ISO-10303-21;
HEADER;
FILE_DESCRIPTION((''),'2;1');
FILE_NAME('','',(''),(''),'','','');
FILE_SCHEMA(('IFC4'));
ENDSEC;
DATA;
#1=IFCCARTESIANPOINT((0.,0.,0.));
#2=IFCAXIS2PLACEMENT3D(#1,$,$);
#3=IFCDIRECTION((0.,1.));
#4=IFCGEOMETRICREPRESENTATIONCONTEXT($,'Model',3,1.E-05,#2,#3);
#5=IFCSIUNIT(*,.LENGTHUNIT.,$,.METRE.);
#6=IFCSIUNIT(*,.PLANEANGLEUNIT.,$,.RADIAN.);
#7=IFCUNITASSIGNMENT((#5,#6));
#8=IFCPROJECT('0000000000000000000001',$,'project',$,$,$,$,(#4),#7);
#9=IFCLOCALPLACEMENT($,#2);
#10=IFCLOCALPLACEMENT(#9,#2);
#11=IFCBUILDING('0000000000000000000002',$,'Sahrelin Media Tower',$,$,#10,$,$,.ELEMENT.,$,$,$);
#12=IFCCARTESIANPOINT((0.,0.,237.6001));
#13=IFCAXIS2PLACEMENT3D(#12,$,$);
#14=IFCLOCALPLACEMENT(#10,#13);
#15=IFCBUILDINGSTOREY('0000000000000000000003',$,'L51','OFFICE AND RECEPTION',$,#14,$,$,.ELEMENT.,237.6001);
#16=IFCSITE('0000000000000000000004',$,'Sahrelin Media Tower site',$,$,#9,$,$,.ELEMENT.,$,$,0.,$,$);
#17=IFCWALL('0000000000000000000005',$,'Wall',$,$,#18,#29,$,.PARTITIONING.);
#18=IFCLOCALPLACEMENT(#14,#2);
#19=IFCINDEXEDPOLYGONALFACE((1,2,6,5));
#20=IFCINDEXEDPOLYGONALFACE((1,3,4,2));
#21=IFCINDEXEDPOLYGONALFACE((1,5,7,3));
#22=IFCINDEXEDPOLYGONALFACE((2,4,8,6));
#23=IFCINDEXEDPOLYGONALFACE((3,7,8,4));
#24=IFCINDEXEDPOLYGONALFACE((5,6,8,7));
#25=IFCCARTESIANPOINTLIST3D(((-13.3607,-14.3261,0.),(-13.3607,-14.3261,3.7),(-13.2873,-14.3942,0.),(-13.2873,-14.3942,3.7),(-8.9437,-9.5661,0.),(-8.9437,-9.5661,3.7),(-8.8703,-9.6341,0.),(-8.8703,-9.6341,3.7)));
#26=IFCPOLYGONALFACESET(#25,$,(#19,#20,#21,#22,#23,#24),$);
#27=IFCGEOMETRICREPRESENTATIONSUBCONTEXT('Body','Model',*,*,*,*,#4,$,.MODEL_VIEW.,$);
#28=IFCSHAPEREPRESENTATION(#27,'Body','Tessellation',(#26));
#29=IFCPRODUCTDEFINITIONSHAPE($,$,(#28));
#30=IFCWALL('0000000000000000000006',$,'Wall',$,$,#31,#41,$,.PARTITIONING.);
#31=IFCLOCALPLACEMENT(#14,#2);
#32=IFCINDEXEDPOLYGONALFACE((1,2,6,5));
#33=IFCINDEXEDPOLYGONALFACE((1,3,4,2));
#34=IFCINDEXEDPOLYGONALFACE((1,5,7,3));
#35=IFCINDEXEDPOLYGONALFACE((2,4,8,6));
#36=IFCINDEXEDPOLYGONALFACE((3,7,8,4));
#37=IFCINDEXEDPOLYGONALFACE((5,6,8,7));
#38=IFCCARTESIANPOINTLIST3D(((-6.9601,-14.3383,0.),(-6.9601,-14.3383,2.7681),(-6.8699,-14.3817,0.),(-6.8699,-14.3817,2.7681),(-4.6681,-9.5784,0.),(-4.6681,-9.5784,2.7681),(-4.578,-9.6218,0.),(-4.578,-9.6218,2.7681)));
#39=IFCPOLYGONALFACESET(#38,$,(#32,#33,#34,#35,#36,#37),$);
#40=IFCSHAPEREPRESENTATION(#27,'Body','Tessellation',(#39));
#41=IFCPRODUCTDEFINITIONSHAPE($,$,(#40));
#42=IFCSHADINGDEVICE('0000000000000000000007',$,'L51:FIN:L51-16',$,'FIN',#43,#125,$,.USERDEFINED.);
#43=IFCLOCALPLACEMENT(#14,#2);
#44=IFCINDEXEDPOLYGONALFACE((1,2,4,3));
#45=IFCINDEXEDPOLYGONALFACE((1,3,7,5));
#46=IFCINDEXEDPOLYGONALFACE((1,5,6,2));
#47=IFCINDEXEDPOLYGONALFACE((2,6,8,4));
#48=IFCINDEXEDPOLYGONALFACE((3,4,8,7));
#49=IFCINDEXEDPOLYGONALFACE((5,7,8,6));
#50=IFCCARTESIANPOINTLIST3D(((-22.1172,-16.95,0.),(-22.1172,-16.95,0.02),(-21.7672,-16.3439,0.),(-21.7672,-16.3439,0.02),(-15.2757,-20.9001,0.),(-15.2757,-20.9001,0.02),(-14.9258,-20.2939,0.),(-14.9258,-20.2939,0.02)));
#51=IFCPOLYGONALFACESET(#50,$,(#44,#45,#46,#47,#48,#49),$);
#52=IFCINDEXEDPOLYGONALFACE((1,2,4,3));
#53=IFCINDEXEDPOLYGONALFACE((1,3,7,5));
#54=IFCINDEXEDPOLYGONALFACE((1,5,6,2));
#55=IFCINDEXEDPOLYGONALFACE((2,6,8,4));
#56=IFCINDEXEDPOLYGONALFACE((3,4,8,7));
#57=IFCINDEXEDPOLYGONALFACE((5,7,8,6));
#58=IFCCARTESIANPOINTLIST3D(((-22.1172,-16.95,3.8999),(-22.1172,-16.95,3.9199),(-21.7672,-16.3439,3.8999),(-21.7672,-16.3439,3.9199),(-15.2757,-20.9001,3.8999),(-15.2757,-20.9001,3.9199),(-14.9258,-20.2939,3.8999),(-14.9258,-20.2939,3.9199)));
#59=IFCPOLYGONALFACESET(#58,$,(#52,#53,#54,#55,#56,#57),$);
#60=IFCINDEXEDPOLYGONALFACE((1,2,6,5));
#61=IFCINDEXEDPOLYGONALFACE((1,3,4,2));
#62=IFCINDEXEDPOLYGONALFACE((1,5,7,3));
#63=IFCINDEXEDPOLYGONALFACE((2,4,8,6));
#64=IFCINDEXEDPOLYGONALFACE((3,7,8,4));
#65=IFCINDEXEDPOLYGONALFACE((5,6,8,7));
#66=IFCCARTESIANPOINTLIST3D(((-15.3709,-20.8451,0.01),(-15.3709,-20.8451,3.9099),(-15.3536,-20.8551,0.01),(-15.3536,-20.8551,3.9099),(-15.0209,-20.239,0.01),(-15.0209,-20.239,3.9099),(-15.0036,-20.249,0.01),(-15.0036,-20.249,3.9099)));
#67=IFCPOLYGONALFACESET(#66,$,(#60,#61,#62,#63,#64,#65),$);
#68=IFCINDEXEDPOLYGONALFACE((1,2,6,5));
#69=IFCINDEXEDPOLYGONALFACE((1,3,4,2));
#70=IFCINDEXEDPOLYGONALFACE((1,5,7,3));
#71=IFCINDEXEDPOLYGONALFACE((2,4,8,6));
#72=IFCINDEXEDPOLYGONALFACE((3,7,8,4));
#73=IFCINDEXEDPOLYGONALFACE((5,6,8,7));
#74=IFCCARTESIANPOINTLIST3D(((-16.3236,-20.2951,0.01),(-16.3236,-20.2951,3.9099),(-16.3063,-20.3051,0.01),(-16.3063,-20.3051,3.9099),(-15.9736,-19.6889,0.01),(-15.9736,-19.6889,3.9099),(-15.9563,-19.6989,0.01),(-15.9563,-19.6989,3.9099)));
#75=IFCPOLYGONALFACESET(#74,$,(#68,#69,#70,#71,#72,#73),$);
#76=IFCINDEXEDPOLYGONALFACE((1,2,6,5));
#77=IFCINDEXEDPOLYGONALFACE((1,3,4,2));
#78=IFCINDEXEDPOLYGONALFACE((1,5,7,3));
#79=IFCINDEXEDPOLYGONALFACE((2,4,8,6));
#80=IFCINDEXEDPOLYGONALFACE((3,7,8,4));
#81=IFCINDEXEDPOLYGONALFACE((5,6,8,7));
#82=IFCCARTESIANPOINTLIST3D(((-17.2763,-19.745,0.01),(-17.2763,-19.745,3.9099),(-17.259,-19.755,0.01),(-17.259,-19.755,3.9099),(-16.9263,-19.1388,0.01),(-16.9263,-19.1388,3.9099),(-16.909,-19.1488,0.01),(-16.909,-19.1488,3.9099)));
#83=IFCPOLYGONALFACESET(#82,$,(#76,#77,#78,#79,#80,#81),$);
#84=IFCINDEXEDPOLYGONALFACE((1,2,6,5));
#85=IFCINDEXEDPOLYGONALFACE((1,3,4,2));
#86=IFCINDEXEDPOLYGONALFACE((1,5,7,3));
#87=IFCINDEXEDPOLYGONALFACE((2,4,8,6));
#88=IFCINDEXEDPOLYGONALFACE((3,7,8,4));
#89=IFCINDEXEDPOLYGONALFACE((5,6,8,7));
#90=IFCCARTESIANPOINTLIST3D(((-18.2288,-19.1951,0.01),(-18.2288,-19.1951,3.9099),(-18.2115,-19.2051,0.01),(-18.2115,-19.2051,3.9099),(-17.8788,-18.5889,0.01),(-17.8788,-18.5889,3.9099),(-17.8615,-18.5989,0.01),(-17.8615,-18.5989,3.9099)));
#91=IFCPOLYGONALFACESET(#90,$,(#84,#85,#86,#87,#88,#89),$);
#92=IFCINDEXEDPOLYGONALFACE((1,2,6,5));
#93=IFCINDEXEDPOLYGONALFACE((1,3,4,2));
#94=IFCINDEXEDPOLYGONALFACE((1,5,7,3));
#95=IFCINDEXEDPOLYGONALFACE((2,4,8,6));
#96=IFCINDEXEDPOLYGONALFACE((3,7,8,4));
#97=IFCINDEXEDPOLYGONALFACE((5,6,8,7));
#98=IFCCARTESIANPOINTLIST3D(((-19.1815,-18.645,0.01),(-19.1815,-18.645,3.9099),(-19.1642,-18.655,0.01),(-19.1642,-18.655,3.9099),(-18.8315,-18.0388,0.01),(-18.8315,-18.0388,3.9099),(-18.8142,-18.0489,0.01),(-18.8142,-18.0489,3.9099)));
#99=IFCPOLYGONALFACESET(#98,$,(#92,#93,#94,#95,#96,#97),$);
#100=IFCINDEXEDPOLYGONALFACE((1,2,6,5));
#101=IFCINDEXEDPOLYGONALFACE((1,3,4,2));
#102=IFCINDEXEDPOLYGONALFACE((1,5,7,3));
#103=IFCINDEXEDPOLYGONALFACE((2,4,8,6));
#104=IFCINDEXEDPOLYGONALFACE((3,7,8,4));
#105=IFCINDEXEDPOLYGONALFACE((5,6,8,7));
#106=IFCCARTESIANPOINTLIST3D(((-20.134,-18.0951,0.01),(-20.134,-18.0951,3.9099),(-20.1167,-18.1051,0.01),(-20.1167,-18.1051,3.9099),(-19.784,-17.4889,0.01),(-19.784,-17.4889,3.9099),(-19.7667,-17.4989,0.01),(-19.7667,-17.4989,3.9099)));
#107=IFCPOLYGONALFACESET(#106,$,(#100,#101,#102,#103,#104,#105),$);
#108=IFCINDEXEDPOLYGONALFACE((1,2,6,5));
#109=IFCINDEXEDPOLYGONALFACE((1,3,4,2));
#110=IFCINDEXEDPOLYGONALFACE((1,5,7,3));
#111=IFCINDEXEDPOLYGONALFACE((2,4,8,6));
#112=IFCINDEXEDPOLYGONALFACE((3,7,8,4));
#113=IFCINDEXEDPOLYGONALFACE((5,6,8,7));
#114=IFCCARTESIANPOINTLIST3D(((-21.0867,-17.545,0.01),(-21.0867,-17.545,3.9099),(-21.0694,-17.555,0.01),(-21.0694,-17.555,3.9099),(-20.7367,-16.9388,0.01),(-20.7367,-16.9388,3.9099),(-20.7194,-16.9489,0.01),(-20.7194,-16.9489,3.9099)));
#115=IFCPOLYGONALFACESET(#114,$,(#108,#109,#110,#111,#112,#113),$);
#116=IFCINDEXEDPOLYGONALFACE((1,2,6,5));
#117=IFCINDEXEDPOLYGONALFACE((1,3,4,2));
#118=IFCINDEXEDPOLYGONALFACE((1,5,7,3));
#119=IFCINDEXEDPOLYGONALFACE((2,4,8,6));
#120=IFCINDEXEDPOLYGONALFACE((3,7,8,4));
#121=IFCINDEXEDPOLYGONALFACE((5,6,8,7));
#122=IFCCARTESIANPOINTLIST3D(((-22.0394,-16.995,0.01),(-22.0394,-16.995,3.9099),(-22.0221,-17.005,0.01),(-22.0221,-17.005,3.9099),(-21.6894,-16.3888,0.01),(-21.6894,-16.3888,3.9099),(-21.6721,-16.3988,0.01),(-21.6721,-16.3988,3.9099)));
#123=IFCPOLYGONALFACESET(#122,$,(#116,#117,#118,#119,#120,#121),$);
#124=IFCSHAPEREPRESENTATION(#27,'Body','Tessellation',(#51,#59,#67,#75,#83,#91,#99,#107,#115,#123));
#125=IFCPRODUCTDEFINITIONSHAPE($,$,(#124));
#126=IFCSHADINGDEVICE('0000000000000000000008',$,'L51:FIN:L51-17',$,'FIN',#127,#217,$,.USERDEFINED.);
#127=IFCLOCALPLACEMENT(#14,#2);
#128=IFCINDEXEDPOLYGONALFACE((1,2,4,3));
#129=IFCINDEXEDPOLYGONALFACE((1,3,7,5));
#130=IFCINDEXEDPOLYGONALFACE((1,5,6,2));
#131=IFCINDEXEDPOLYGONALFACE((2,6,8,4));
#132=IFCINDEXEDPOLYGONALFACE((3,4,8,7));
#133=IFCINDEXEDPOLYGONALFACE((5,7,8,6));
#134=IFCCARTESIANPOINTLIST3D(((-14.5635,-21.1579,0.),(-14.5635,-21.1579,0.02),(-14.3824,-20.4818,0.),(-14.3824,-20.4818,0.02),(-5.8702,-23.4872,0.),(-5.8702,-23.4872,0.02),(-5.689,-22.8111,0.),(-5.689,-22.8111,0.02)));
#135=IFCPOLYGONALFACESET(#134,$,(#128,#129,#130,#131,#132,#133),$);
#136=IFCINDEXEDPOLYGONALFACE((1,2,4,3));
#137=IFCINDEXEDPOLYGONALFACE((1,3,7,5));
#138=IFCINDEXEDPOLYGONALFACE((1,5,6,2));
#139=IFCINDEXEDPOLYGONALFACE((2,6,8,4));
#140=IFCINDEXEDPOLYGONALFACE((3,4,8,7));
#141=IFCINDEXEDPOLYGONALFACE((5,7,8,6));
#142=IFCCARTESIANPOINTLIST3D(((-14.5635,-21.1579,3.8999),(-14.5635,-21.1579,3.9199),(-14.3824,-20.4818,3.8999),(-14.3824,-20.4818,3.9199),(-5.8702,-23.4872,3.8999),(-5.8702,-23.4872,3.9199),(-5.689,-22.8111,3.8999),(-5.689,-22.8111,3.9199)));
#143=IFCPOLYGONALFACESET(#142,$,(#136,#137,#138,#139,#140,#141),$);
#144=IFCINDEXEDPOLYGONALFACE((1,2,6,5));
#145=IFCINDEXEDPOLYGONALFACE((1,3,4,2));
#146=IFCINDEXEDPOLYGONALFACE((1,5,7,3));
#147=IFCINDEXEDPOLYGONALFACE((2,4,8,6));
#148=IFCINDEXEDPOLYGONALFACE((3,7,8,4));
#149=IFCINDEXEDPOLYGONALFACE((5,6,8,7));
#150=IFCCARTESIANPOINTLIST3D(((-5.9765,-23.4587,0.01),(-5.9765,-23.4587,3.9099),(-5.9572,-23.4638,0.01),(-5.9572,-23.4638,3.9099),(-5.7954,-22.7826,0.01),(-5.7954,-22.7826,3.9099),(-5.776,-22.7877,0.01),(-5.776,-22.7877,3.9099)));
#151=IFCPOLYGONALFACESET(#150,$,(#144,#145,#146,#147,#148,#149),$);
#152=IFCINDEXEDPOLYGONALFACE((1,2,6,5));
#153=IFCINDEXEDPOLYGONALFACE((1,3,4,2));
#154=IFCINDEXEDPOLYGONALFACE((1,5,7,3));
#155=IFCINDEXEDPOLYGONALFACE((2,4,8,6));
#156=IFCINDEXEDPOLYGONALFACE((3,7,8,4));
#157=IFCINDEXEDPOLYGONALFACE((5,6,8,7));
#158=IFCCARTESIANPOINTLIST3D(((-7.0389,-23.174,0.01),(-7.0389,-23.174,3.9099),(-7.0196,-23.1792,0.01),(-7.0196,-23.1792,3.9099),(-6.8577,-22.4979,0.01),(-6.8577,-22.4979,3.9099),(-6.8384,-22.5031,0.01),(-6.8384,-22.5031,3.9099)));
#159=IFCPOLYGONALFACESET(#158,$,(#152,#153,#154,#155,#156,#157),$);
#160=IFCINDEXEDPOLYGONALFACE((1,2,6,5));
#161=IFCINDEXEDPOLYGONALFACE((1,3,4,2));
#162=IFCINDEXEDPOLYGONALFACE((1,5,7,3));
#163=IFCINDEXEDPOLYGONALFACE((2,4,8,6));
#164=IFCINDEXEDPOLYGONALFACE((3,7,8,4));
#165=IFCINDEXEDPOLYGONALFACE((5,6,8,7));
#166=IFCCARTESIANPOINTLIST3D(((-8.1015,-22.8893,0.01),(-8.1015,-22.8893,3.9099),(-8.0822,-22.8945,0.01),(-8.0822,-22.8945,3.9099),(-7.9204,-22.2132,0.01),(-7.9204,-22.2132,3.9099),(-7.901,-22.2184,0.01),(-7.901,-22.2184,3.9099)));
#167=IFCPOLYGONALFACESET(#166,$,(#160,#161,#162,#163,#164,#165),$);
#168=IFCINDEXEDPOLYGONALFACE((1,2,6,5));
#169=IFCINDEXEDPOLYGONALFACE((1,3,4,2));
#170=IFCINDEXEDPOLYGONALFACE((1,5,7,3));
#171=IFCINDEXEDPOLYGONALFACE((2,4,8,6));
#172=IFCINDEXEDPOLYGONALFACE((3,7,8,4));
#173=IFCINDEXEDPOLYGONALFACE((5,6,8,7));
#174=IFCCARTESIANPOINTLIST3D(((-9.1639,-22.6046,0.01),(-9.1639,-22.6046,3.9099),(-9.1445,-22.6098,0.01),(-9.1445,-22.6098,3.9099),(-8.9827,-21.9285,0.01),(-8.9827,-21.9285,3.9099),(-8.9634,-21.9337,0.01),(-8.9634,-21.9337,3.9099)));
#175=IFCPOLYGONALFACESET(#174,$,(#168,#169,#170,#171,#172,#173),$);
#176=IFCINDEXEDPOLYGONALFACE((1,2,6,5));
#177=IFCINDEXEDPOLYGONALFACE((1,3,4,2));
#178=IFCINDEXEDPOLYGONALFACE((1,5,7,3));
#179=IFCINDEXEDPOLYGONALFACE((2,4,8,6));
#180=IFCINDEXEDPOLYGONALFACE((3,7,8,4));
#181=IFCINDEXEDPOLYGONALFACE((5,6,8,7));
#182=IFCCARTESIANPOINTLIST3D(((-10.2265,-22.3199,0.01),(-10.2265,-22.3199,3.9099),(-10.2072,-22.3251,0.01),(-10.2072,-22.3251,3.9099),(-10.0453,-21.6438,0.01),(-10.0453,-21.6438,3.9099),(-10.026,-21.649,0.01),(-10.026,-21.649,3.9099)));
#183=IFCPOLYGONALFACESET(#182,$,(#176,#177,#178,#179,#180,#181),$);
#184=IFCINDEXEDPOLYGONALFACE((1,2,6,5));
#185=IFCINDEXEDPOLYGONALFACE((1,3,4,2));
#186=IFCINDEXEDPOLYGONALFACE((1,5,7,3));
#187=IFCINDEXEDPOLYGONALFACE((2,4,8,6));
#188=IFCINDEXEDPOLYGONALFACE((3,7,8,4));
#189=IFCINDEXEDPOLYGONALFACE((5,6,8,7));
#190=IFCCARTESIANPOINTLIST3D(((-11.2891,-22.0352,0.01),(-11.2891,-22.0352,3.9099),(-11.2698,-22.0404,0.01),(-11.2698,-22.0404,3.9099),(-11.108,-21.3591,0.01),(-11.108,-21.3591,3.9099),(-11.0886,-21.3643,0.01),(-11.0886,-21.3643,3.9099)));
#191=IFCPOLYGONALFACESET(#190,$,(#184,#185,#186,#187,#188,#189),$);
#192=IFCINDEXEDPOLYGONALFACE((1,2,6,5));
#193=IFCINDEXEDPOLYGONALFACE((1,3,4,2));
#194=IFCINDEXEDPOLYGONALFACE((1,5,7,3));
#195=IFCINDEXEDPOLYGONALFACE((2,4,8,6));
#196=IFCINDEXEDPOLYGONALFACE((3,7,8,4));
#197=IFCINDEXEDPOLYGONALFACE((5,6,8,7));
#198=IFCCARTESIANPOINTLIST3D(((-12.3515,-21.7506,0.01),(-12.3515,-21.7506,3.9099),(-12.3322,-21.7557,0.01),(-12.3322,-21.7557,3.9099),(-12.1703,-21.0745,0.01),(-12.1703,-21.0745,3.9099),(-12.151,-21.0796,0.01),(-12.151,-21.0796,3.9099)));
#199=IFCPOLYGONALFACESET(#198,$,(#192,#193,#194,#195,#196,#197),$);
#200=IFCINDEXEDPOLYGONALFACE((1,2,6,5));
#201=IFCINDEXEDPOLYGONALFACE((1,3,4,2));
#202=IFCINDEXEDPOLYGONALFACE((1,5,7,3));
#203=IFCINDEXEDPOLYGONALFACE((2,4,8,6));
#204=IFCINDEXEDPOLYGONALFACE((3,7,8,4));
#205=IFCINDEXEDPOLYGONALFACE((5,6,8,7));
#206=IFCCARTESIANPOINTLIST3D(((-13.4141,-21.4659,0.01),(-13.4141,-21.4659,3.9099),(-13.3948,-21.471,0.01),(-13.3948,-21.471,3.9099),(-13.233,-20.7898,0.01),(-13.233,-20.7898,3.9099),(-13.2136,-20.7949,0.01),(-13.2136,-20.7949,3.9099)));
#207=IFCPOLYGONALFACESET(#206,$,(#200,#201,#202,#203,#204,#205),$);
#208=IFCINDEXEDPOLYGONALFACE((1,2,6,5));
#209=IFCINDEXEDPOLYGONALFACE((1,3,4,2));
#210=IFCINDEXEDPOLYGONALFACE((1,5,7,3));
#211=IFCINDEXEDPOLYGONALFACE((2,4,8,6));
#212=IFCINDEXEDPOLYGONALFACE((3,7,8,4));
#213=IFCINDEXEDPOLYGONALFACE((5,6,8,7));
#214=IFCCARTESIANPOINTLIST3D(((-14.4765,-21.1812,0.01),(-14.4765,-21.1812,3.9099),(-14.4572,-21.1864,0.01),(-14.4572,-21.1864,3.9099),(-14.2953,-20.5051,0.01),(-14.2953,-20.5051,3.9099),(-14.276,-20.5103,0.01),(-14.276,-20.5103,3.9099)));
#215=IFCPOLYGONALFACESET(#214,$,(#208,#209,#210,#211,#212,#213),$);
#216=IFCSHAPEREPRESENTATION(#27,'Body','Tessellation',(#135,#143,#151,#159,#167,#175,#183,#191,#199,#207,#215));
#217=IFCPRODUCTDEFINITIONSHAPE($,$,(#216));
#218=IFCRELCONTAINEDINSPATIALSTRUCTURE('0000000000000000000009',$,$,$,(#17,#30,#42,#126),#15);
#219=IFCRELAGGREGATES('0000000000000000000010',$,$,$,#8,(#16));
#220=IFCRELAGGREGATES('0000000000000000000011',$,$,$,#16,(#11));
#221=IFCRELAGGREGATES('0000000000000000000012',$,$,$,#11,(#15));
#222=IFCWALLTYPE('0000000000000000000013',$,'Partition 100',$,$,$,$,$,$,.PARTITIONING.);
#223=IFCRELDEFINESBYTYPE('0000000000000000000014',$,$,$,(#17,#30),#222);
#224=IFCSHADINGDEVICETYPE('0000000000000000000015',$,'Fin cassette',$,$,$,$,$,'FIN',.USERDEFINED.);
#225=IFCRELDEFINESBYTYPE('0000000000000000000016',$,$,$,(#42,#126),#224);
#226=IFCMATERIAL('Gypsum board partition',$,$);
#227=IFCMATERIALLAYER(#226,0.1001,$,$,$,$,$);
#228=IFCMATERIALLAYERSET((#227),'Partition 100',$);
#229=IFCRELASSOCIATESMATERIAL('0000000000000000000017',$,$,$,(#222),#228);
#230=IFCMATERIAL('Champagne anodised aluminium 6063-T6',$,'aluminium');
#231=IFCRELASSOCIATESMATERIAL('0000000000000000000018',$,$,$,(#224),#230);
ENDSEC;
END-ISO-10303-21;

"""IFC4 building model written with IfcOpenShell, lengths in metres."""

from ifc_helpers import new_model, si_unit, direction, frame, frame_2d, origin, origin_2d, place, context, subcontext, project, spatial, rectangle, extrude, material, layer, layer_set, type_object, element, save


model = new_model("IFC4")

# Units and contexts
model_context = context("Model", 3, precision=1e-05, world=origin(), true_north=direction((0.0, 1.0)))
body_context = subcontext(model_context, "Body", "Model", "MODEL_VIEW")
ifc_project = project(units=[si_unit("LENGTHUNIT", "METRE"), si_unit("PLANEANGLEUNIT", "RADIAN")], contexts=[model_context])

# Site, building, storey
site_placement = place(None, origin())
site = spatial("IfcSite", under=ifc_project, at=site_placement, Name="Sahrelin Media Tower site", CompositionType="ELEMENT", RefElevation=0.0)
building_placement = place(site_placement, origin())
building = spatial("IfcBuilding", under=site, at=building_placement, Name="Sahrelin Media Tower", CompositionType="ELEMENT")
storey_placement = place(building_placement, frame((0.0, 0.0, 237.6001)))
storey = spatial("IfcBuildingStorey", under=building, at=storey_placement, Name="L51", Description="OFFICE AND RECEPTION", CompositionType="ELEMENT", Elevation=237.6001)

# Shared definitions
ifc_material_1 = material(Name="Champagne anodised aluminium 6063-T6", Category="aluminium")

# Walls
ifc_material_2 = material(Name="Gypsum board partition")
ifc_layer_1 = layer(ifc_material_2, 0.1001)
ifc_layer_set_1 = layer_set([ifc_layer_1], Name="Partition 100")
wall_type = type_object("IfcWallType", Name="Partition 100", PredefinedType="PARTITIONING", material=ifc_layer_set_1)
wall_1_placement = place(storey_placement, frame((-13.324, -14.3601, 0.0), z_axis=(0.0, 0.0, 1.0), x_axis=(0.680202, 0.733025, 0.0)))
element("IfcWall", 1, at=wall_1_placement, inside=storey, type_object=wall_type, Name="Wall", PredefinedType="PARTITIONING", context=body_context, shape_type="SweptSolid", body=[
    extrude(rectangle(XDim=6.4937, YDim=0.1001, at=frame_2d((3.2468, 0.0))), origin(), (0.0, 0.0, 1.0), 3.7),
])
wall_2_placement = place(storey_placement, frame((-6.915, -14.3601, 0.0), z_axis=(0.0, 0.0, 1.0), x_axis=(0.433836, 0.900992, 0.0)))
element("IfcWall", 2, at=wall_2_placement, inside=storey, type_object=wall_type, Name="Wall", PredefinedType="PARTITIONING", context=body_context, shape_type="SweptSolid", body=[
    extrude(rectangle(XDim=5.283, YDim=0.1001, at=frame_2d((2.6416, 0.0))), origin(), (0.0, 0.0, 1.0), 2.7681),
])

# Shading devices
shading_device_type_1 = type_object("IfcShadingDeviceType", Name="Fin cassette", ElementType="FIN", PredefinedType="USERDEFINED", material=ifc_material_1)
shading_device_1_placement = place(storey_placement, frame((-18.3115, -18.2583, 0.0), z_axis=(0.0, 0.0, 1.0), x_axis=(-0.866019, 0.500011, 0.0)))
element("IfcShadingDevice", 3, at=shading_device_1_placement, inside=storey, type_object=shading_device_type_1, Name="L51:FIN:L51-16", ObjectType="FIN", PredefinedType="USERDEFINED", context=body_context, shape_type="SweptSolid", body=[
    extrude(rectangle(XDim=7.8999, YDim=0.7, at=origin_2d()), frame((0.0, 0.4199, 0.0)), (0.0, 0.0, 1.0), 0.02),
    extrude(rectangle(XDim=7.8999, YDim=0.7, at=origin_2d()), frame((0.0, 0.4199, 3.8999)), (0.0, 0.0, 1.0), 0.02),
    extrude(rectangle(XDim=0.02, YDim=0.7, at=origin_2d()), frame((-3.8501, 0.4199, 0.01), z_axis=(0.0, 0.0, 1.0), x_axis=(1.0, 0.0, 0.0)), (0.0, 0.0, 1.0), 3.8999),
    extrude(rectangle(XDim=0.02, YDim=0.7, at=origin_2d()), frame((-2.75, 0.4199, 0.01), z_axis=(0.0, 0.0, 1.0), x_axis=(1.0, 0.0, 0.0)), (0.0, 0.0, 1.0), 3.8999),
    extrude(rectangle(XDim=0.02, YDim=0.7, at=origin_2d()), frame((-1.6499, 0.4199, 0.01), z_axis=(0.0, 0.0, 1.0), x_axis=(1.0, 0.0, 0.0)), (0.0, 0.0, 1.0), 3.8999),
    extrude(rectangle(XDim=0.02, YDim=0.7, at=origin_2d()), frame((-0.55, 0.4199, 0.01), z_axis=(0.0, 0.0, 1.0), x_axis=(1.0, 0.0, 0.0)), (0.0, 0.0, 1.0), 3.8999),
    extrude(rectangle(XDim=0.02, YDim=0.7, at=origin_2d()), frame((0.55, 0.4199, 0.01), z_axis=(0.0, 0.0, 1.0), x_axis=(1.0, 0.0, 0.0)), (0.0, 0.0, 1.0), 3.8999),
    extrude(rectangle(XDim=0.02, YDim=0.7, at=origin_2d()), frame((1.6499, 0.4199, 0.01), z_axis=(0.0, 0.0, 1.0), x_axis=(1.0, 0.0, 0.0)), (0.0, 0.0, 1.0), 3.8999),
    extrude(rectangle(XDim=0.02, YDim=0.7, at=origin_2d()), frame((2.75, 0.4199, 0.01), z_axis=(0.0, 0.0, 1.0), x_axis=(1.0, 0.0, 0.0)), (0.0, 0.0, 1.0), 3.8999),
    extrude(rectangle(XDim=0.02, YDim=0.7, at=origin_2d()), frame((3.8501, 0.4199, 0.01), z_axis=(0.0, 0.0, 1.0), x_axis=(1.0, 0.0, 0.0)), (0.0, 0.0, 1.0), 3.8999),
])
placement = place(storey_placement, frame((-10.0176, -21.5789, 0.0), z_axis=(0.0, 0.0, 1.0), x_axis=(-0.965929, 0.258808, 0.0)))
element("IfcShadingDevice", 4, at=placement, inside=storey, type_object=shading_device_type_1, Name="L51:FIN:L51-17", ObjectType="FIN", PredefinedType="USERDEFINED", context=body_context, shape_type="SweptSolid", body=[
    extrude(rectangle(XDim=9.0, YDim=0.7, at=origin_2d()), frame((0.0, 0.4199, 0.0)), (0.0, 0.0, 1.0), 0.02),
    extrude(rectangle(XDim=9.0, YDim=0.7, at=origin_2d()), frame((0.0, 0.4199, 3.8999)), (0.0, 0.0, 1.0), 0.02),
    extrude(rectangle(XDim=0.02, YDim=0.7, at=origin_2d()), frame((-4.3999, 0.4199, 0.01), z_axis=(0.0, 0.0, 1.0), x_axis=(1.0, 0.0, 0.0)), (0.0, 0.0, 1.0), 3.8999),
    extrude(rectangle(XDim=0.02, YDim=0.7, at=origin_2d()), frame((-3.3, 0.4199, 0.01), z_axis=(0.0, 0.0, 1.0), x_axis=(1.0, 0.0, 0.0)), (0.0, 0.0, 1.0), 3.8999),
    extrude(rectangle(XDim=0.02, YDim=0.7, at=origin_2d()), frame((-2.2, 0.4199, 0.01), z_axis=(0.0, 0.0, 1.0), x_axis=(1.0, 0.0, 0.0)), (0.0, 0.0, 1.0), 3.8999),
    extrude(rectangle(XDim=0.02, YDim=0.7, at=origin_2d()), frame((-1.1001, 0.4199, 0.01), z_axis=(0.0, 0.0, 1.0), x_axis=(1.0, 0.0, 0.0)), (0.0, 0.0, 1.0), 3.8999),
    extrude(rectangle(XDim=0.02, YDim=0.7, at=origin_2d()), frame((0.0, 0.4199, 0.01), z_axis=(0.0, 0.0, 1.0), x_axis=(1.0, 0.0, 0.0)), (0.0, 0.0, 1.0), 3.8999),
    extrude(rectangle(XDim=0.02, YDim=0.7, at=origin_2d()), frame((1.1001, 0.4199, 0.01), z_axis=(0.0, 0.0, 1.0), x_axis=(1.0, 0.0, 0.0)), (0.0, 0.0, 1.0), 3.8999),
    extrude(rectangle(XDim=0.02, YDim=0.7, at=origin_2d()), frame((2.2, 0.4199, 0.01), z_axis=(0.0, 0.0, 1.0), x_axis=(1.0, 0.0, 0.0)), (0.0, 0.0, 1.0), 3.8999),
    extrude(rectangle(XDim=0.02, YDim=0.7, at=origin_2d()), frame((3.3, 0.4199, 0.01), z_axis=(0.0, 0.0, 1.0), x_axis=(1.0, 0.0, 0.0)), (0.0, 0.0, 1.0), 3.8999),
    extrude(rectangle(XDim=0.02, YDim=0.7, at=origin_2d()), frame((4.3999, 0.4199, 0.01), z_axis=(0.0, 0.0, 1.0), x_axis=(1.0, 0.0, 0.0)), (0.0, 0.0, 1.0), 3.8999),
])

save(model, "model.ifc")
